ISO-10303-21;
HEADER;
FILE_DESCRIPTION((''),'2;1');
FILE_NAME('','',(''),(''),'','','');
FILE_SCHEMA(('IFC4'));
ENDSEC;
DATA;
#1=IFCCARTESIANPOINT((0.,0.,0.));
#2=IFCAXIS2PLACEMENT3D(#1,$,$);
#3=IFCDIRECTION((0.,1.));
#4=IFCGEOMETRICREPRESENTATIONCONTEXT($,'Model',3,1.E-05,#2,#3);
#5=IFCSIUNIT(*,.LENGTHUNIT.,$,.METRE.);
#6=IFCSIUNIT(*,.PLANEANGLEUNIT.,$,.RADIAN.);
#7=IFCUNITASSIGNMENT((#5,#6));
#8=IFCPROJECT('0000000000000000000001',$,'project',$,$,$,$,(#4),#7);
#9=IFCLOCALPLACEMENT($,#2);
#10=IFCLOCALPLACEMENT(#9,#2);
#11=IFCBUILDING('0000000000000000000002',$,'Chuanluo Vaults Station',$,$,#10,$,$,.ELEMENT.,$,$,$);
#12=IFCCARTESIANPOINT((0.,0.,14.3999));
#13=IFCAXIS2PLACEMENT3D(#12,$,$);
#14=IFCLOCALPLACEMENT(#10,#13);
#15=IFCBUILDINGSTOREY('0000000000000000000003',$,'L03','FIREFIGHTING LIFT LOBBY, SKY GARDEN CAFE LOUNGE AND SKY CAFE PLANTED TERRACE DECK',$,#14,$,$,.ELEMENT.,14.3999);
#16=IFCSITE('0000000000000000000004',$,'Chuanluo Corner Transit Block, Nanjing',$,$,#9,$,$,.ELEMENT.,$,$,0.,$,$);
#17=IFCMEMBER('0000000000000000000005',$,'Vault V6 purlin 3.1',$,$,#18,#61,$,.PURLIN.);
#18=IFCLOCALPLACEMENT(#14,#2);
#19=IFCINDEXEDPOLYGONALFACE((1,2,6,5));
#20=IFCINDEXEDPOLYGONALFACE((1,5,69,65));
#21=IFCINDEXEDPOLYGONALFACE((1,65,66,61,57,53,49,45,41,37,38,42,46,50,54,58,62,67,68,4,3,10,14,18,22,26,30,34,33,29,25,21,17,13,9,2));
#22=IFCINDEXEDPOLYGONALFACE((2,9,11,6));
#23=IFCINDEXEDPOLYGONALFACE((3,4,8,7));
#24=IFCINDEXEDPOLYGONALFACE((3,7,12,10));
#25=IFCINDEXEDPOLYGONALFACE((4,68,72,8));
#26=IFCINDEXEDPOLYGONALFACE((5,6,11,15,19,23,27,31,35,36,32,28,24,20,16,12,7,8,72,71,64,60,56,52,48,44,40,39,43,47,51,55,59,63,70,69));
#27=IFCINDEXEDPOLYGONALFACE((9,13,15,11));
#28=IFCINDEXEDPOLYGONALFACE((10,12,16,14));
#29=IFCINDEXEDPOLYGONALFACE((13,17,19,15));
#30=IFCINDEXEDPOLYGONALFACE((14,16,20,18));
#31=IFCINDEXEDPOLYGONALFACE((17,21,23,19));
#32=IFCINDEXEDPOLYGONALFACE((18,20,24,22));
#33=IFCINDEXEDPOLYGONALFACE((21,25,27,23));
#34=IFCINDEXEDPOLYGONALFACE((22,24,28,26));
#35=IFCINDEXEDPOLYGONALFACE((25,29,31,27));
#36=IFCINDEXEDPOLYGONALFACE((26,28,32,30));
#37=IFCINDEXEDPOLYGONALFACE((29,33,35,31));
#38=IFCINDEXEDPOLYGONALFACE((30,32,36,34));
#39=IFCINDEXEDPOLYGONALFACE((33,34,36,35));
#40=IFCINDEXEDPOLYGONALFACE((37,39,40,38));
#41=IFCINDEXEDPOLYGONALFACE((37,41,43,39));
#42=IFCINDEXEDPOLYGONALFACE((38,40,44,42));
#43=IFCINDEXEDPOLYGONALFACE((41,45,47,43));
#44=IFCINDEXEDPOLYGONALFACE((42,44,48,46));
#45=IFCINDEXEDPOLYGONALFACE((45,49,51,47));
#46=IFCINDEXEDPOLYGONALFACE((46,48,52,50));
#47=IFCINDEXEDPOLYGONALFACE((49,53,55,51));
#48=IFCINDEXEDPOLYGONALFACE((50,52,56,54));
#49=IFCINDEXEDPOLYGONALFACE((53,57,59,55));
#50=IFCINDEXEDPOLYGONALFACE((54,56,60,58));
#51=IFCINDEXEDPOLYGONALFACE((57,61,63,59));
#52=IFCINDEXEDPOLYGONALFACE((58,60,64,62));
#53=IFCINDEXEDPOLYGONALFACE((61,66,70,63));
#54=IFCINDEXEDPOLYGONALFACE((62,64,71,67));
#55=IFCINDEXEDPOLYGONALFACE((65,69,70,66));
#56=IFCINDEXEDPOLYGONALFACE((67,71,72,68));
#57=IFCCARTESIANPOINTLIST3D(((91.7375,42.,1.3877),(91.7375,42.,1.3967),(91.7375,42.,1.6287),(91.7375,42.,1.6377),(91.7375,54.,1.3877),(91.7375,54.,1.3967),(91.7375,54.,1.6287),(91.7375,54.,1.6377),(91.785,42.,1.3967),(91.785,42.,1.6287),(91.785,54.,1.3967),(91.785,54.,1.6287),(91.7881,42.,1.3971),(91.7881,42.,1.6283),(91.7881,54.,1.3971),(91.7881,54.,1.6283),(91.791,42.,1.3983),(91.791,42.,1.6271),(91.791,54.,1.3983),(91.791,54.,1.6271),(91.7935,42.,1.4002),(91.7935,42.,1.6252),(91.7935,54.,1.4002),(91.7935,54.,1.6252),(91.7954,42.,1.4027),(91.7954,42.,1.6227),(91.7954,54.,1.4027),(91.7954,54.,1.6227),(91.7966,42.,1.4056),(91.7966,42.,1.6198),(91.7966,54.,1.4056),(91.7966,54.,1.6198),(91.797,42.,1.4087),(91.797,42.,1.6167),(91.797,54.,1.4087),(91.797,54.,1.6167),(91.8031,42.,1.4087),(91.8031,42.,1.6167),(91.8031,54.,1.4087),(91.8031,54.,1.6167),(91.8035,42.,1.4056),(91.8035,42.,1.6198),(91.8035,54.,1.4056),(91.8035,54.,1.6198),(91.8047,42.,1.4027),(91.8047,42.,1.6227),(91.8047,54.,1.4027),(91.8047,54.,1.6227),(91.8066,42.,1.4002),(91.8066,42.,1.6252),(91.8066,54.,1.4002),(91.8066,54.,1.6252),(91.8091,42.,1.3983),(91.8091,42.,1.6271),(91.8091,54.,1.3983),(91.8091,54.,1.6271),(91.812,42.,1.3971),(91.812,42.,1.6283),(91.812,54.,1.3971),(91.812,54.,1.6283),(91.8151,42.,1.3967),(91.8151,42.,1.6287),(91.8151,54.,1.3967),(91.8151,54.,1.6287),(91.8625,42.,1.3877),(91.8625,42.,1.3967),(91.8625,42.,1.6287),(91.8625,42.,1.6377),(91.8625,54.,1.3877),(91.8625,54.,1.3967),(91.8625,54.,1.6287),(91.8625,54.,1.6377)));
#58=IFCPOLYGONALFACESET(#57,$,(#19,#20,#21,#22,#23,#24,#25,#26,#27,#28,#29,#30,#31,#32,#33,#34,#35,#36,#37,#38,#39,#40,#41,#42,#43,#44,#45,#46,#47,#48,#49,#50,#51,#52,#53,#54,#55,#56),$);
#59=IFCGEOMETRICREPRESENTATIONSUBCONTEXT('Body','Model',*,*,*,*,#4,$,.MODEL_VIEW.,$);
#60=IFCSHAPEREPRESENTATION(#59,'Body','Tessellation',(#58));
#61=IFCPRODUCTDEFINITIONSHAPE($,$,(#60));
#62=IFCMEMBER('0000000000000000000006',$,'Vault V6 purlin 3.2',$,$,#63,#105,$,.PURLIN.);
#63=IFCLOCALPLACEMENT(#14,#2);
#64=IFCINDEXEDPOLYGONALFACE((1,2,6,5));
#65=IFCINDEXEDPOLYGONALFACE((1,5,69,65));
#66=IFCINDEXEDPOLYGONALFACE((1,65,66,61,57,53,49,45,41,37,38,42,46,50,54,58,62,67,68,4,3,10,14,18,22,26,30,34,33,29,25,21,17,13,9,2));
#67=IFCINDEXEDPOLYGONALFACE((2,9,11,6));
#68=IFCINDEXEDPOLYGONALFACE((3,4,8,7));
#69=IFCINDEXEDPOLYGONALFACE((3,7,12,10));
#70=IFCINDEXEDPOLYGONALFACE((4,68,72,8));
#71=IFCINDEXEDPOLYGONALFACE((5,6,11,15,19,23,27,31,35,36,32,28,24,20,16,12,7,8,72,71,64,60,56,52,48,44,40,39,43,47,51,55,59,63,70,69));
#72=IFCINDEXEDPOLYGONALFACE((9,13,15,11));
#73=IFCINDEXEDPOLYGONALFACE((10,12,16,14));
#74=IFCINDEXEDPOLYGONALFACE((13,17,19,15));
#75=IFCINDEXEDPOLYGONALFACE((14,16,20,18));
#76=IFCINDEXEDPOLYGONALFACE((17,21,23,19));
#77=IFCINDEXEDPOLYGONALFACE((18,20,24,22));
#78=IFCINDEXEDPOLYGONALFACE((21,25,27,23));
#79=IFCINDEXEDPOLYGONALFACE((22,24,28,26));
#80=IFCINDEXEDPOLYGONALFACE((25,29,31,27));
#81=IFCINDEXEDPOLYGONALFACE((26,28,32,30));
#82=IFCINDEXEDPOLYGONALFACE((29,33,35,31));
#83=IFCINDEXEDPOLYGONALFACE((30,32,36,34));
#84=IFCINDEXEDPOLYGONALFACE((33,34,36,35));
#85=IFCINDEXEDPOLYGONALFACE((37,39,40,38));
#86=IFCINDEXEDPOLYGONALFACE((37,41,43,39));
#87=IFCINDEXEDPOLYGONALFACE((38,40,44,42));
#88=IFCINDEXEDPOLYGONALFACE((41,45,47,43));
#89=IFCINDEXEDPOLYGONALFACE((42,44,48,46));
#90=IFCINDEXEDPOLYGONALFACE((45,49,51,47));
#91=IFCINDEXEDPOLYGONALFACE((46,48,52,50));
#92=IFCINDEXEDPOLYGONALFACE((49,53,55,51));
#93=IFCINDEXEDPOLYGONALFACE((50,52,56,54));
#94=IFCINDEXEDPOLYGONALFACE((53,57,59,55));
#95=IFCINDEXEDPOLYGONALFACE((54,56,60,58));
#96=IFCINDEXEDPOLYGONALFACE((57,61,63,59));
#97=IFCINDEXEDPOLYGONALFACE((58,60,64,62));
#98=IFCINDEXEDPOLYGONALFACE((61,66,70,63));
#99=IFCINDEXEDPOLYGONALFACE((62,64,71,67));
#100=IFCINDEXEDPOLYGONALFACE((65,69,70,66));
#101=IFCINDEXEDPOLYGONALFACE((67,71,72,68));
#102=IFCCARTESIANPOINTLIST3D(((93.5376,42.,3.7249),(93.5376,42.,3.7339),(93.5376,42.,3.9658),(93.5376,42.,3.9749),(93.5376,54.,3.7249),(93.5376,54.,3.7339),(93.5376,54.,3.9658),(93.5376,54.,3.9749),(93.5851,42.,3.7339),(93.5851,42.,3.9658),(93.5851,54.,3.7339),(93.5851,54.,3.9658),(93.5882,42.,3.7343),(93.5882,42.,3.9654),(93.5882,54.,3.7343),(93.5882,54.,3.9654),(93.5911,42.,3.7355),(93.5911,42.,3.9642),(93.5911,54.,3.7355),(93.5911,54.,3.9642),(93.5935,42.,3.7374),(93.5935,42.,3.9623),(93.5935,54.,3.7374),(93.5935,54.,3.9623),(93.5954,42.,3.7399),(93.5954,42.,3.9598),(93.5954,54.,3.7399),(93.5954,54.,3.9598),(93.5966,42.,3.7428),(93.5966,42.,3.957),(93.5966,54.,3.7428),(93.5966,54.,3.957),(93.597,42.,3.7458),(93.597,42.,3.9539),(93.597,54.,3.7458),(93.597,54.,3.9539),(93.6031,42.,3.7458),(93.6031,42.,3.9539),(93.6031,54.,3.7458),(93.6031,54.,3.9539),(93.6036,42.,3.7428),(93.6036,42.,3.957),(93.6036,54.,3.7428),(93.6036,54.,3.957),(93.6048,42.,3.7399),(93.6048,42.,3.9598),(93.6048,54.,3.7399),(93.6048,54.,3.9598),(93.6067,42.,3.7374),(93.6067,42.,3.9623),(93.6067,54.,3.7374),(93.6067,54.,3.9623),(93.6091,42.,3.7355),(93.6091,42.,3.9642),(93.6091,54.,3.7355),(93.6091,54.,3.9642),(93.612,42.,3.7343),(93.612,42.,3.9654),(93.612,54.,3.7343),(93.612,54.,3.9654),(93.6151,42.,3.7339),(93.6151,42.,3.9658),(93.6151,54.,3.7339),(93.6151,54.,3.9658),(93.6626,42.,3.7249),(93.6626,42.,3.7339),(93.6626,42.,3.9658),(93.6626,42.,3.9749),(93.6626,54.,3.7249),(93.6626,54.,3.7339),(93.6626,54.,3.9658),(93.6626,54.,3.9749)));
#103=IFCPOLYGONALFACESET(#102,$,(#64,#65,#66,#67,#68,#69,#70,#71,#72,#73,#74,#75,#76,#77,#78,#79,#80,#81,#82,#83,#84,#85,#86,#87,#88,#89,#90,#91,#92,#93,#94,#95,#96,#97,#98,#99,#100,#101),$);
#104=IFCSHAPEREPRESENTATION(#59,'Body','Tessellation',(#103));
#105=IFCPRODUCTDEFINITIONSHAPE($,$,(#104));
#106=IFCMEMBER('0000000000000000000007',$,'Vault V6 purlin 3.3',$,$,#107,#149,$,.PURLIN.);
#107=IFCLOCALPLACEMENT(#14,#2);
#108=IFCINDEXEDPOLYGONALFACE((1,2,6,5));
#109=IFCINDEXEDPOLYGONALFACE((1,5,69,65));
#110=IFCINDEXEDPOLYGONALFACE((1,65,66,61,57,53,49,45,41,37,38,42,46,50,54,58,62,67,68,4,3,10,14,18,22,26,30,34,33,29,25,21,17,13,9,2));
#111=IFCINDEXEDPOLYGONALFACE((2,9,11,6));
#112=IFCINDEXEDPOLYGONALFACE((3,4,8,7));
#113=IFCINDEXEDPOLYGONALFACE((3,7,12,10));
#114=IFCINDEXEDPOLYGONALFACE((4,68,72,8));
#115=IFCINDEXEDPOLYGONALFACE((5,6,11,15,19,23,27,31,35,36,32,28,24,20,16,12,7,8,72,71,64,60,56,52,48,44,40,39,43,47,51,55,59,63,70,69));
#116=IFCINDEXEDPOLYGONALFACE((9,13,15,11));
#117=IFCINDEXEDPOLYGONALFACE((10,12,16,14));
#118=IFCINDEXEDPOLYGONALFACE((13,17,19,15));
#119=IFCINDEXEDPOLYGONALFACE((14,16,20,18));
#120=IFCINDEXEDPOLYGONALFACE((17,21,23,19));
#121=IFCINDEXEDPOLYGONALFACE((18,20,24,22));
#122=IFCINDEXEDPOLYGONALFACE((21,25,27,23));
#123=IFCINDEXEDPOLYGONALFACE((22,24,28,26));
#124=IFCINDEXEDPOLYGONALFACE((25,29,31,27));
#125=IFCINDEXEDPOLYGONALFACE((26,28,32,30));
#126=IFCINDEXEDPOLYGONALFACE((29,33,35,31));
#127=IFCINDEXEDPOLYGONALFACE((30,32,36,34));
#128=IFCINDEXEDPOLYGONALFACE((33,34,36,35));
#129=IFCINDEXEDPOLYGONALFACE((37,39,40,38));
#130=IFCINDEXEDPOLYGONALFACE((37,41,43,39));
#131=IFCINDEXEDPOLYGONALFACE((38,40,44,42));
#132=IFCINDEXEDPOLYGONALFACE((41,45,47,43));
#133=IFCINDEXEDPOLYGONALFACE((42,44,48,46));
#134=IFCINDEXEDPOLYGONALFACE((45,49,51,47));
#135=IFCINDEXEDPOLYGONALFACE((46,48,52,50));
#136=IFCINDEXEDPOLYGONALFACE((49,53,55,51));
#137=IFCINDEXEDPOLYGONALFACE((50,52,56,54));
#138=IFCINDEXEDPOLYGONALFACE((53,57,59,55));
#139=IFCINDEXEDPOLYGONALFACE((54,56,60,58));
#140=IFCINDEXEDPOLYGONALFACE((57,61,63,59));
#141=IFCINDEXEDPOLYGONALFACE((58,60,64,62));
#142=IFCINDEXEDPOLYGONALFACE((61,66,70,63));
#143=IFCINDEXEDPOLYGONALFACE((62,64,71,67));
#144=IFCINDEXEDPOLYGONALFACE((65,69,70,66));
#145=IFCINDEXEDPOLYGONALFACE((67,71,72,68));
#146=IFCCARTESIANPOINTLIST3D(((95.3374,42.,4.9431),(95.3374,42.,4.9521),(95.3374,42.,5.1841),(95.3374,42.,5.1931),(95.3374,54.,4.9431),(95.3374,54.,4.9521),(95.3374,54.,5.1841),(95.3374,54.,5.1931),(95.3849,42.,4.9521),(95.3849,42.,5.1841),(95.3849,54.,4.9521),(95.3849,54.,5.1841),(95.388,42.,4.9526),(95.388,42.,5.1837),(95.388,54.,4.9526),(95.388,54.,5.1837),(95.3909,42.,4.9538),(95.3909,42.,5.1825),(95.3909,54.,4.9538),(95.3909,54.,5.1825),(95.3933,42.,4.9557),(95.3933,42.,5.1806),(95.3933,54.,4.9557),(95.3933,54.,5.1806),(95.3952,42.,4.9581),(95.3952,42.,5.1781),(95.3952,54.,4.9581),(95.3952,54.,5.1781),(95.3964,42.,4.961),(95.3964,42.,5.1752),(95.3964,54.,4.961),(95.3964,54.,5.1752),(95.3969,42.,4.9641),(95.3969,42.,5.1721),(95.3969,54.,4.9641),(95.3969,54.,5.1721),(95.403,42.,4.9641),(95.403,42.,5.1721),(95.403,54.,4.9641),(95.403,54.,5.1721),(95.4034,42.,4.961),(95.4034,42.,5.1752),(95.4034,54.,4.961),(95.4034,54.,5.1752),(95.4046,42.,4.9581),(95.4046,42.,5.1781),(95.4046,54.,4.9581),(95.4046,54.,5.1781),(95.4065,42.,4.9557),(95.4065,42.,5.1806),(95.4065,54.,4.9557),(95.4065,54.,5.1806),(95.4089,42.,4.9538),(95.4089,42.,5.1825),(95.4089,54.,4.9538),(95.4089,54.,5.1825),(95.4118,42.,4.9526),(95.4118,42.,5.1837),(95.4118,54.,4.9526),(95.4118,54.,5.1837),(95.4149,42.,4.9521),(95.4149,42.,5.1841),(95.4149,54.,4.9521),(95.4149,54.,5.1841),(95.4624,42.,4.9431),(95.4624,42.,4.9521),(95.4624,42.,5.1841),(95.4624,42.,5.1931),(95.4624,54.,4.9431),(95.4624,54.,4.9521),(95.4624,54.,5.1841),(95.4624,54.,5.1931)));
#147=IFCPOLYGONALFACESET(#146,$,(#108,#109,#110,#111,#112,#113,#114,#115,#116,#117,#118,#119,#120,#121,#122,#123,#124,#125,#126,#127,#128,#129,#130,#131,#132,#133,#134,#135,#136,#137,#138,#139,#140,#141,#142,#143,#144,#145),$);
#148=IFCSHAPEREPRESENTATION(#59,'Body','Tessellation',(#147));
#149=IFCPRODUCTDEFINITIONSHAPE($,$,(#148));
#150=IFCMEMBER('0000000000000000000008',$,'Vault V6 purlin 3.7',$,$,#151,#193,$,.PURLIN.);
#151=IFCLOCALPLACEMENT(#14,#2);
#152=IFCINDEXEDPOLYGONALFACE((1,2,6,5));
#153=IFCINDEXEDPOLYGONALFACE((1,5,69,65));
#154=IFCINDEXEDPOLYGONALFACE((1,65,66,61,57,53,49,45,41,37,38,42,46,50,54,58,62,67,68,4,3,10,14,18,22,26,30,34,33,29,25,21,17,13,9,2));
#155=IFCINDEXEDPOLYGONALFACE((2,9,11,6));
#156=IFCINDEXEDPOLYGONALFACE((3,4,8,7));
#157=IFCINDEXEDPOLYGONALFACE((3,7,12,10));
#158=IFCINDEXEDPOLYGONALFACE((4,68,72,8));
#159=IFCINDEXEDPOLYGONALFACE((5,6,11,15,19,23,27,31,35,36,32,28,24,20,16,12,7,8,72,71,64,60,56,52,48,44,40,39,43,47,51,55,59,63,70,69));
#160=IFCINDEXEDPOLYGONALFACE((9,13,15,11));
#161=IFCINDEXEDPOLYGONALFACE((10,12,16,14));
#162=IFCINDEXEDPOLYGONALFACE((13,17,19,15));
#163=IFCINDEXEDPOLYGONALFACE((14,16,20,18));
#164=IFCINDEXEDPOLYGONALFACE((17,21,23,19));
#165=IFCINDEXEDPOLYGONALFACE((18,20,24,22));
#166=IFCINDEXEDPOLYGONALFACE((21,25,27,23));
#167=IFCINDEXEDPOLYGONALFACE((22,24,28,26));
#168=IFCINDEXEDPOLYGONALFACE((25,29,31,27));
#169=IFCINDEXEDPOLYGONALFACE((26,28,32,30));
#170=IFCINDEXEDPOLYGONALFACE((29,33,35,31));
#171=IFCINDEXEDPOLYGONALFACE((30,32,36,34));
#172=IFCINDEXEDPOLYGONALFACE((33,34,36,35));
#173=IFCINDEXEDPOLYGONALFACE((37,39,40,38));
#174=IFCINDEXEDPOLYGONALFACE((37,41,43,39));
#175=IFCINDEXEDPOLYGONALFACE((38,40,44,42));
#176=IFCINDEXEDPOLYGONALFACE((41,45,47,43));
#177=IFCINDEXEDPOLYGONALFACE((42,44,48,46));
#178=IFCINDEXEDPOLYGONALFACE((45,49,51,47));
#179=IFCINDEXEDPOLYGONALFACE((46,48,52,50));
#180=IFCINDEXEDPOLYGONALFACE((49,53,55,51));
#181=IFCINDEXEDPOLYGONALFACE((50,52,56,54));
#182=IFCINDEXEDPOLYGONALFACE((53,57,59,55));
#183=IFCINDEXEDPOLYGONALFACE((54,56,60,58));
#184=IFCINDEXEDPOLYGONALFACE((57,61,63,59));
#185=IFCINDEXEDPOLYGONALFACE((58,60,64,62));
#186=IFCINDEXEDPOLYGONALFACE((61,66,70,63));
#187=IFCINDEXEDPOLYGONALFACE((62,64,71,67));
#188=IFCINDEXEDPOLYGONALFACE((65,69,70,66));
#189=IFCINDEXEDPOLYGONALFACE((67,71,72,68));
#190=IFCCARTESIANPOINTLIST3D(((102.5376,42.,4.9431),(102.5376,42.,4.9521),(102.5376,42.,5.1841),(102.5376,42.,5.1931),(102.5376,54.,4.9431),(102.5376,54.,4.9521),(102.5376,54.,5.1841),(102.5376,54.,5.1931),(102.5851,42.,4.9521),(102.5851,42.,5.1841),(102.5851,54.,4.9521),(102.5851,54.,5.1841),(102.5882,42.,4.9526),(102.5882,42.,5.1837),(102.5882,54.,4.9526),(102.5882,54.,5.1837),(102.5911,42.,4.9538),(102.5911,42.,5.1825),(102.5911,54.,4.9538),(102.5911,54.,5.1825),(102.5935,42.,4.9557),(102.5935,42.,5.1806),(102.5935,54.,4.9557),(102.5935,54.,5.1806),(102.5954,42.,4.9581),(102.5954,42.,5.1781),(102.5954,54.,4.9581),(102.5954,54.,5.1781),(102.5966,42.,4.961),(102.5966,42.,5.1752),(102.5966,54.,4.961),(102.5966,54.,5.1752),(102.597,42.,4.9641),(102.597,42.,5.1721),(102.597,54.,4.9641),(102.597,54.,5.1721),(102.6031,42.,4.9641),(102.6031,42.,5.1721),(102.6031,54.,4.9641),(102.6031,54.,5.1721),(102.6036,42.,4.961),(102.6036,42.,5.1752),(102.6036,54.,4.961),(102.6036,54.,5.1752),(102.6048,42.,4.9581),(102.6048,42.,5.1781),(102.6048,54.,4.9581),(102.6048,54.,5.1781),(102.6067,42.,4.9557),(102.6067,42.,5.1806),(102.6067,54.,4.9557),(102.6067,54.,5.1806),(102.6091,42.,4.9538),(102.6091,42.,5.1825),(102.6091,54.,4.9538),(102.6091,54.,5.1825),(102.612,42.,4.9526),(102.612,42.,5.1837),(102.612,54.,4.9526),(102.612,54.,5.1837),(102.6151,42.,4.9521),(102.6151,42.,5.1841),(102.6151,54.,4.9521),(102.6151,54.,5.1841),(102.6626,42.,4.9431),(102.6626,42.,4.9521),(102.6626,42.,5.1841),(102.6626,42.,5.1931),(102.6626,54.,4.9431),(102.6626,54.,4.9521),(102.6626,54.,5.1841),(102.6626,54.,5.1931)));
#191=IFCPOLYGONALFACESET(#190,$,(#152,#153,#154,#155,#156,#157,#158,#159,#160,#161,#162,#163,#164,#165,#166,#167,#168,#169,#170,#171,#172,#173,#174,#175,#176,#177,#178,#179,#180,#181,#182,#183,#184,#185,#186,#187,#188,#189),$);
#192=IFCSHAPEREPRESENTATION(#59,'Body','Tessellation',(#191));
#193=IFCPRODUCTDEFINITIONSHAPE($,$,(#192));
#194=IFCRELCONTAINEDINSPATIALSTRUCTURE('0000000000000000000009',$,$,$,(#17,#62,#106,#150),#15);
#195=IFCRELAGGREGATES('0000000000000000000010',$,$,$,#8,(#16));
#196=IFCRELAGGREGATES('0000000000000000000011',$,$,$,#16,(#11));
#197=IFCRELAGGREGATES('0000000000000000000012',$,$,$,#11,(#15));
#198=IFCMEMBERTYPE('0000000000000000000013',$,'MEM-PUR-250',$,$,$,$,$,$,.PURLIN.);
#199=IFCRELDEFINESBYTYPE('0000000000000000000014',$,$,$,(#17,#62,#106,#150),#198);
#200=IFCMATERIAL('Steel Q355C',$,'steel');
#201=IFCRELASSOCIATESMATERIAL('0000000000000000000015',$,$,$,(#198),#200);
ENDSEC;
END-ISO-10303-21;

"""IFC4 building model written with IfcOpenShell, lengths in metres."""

from ifc_helpers import new_model, si_unit, direction, frame, origin, origin_2d, place, context, subcontext, project, spatial, i_section, extrude, material, material_profile, profile_set, type_object, element, save


model = new_model("IFC4")

# Units and contexts
model_context = context("Model", 3, precision=1e-05, world=origin(), true_north=direction((0.0, 1.0)))
body_context = subcontext(model_context, "Body", "Model", "MODEL_VIEW")
ifc_project = project(units=[si_unit("LENGTHUNIT", "METRE"), si_unit("PLANEANGLEUNIT", "RADIAN")], contexts=[model_context])

# Site, building, storey
site_placement = place(None, origin())
site = spatial("IfcSite", under=ifc_project, at=site_placement, Name="Chuanluo Corner Transit Block, Nanjing", CompositionType="ELEMENT", RefElevation=0.0)
building_placement = place(site_placement, origin())
building = spatial("IfcBuilding", under=site, at=building_placement, Name="Chuanluo Vaults Station", CompositionType="ELEMENT")
storey_placement = place(building_placement, frame((0.0, 0.0, 14.3999)))
storey = spatial("IfcBuildingStorey", under=building, at=storey_placement, Name="L03", Description="FIREFIGHTING LIFT LOBBY, SKY GARDEN CAFE LOUNGE AND SKY CAFE PLANTED TERRACE DECK", CompositionType="ELEMENT", Elevation=14.3999)

# Members
ifc_material_1 = material(Name="Steel Q355C", Category="steel")
ifc_material_profile_1 = material_profile(ifc_material_1, i_section(OverallWidth=0.125, OverallDepth=0.25, WebThickness=0.0061, FlangeThickness=0.009, FilletRadius=0.012, at=origin_2d()))
ifc_profile_set_1 = profile_set([ifc_material_profile_1], Name="Steel Q355C")
member_type_1 = type_object("IfcMemberType", Name="MEM-PUR-250", PredefinedType="PURLIN", material=ifc_profile_set_1)
for number, where, z_axis, x_axis, name in (
    (1, (91.8, 42.0, 1.5127), (0.0, 1.0, 0.0), (-1.0, 0.0, 0.0), "Vault V6 purlin 3.1"),
    (2, (93.6001, 42.0, 3.8499), (0.0, 1.0, 0.0), (-1.0, 0.0, 0.0), "Vault V6 purlin 3.2"),
    (3, (95.3999, 42.0, 5.0681), (0.0, 1.0, 0.0), (-1.0, 0.0, 0.0), "Vault V6 purlin 3.3"),
    (4, (102.6001, 42.0, 5.0681), (0.0, 1.0, 0.0), (-1.0, 0.0, 0.0), "Vault V6 purlin 3.7"),
):
    element("IfcMember", number, at=place(storey_placement, frame(where, z_axis=z_axis, x_axis=x_axis)), inside=storey, type_object=member_type_1, Name=name, PredefinedType="PURLIN", context=body_context, shape_type="SweptSolid", body=[
        extrude(i_section(OverallWidth=0.125, OverallDepth=0.25, WebThickness=0.0061, FlangeThickness=0.009, FilletRadius=0.012, at=origin_2d()), origin(), (0.0, 0.0, 1.0), 12.0),
    ])

save(model, "model.ifc")
